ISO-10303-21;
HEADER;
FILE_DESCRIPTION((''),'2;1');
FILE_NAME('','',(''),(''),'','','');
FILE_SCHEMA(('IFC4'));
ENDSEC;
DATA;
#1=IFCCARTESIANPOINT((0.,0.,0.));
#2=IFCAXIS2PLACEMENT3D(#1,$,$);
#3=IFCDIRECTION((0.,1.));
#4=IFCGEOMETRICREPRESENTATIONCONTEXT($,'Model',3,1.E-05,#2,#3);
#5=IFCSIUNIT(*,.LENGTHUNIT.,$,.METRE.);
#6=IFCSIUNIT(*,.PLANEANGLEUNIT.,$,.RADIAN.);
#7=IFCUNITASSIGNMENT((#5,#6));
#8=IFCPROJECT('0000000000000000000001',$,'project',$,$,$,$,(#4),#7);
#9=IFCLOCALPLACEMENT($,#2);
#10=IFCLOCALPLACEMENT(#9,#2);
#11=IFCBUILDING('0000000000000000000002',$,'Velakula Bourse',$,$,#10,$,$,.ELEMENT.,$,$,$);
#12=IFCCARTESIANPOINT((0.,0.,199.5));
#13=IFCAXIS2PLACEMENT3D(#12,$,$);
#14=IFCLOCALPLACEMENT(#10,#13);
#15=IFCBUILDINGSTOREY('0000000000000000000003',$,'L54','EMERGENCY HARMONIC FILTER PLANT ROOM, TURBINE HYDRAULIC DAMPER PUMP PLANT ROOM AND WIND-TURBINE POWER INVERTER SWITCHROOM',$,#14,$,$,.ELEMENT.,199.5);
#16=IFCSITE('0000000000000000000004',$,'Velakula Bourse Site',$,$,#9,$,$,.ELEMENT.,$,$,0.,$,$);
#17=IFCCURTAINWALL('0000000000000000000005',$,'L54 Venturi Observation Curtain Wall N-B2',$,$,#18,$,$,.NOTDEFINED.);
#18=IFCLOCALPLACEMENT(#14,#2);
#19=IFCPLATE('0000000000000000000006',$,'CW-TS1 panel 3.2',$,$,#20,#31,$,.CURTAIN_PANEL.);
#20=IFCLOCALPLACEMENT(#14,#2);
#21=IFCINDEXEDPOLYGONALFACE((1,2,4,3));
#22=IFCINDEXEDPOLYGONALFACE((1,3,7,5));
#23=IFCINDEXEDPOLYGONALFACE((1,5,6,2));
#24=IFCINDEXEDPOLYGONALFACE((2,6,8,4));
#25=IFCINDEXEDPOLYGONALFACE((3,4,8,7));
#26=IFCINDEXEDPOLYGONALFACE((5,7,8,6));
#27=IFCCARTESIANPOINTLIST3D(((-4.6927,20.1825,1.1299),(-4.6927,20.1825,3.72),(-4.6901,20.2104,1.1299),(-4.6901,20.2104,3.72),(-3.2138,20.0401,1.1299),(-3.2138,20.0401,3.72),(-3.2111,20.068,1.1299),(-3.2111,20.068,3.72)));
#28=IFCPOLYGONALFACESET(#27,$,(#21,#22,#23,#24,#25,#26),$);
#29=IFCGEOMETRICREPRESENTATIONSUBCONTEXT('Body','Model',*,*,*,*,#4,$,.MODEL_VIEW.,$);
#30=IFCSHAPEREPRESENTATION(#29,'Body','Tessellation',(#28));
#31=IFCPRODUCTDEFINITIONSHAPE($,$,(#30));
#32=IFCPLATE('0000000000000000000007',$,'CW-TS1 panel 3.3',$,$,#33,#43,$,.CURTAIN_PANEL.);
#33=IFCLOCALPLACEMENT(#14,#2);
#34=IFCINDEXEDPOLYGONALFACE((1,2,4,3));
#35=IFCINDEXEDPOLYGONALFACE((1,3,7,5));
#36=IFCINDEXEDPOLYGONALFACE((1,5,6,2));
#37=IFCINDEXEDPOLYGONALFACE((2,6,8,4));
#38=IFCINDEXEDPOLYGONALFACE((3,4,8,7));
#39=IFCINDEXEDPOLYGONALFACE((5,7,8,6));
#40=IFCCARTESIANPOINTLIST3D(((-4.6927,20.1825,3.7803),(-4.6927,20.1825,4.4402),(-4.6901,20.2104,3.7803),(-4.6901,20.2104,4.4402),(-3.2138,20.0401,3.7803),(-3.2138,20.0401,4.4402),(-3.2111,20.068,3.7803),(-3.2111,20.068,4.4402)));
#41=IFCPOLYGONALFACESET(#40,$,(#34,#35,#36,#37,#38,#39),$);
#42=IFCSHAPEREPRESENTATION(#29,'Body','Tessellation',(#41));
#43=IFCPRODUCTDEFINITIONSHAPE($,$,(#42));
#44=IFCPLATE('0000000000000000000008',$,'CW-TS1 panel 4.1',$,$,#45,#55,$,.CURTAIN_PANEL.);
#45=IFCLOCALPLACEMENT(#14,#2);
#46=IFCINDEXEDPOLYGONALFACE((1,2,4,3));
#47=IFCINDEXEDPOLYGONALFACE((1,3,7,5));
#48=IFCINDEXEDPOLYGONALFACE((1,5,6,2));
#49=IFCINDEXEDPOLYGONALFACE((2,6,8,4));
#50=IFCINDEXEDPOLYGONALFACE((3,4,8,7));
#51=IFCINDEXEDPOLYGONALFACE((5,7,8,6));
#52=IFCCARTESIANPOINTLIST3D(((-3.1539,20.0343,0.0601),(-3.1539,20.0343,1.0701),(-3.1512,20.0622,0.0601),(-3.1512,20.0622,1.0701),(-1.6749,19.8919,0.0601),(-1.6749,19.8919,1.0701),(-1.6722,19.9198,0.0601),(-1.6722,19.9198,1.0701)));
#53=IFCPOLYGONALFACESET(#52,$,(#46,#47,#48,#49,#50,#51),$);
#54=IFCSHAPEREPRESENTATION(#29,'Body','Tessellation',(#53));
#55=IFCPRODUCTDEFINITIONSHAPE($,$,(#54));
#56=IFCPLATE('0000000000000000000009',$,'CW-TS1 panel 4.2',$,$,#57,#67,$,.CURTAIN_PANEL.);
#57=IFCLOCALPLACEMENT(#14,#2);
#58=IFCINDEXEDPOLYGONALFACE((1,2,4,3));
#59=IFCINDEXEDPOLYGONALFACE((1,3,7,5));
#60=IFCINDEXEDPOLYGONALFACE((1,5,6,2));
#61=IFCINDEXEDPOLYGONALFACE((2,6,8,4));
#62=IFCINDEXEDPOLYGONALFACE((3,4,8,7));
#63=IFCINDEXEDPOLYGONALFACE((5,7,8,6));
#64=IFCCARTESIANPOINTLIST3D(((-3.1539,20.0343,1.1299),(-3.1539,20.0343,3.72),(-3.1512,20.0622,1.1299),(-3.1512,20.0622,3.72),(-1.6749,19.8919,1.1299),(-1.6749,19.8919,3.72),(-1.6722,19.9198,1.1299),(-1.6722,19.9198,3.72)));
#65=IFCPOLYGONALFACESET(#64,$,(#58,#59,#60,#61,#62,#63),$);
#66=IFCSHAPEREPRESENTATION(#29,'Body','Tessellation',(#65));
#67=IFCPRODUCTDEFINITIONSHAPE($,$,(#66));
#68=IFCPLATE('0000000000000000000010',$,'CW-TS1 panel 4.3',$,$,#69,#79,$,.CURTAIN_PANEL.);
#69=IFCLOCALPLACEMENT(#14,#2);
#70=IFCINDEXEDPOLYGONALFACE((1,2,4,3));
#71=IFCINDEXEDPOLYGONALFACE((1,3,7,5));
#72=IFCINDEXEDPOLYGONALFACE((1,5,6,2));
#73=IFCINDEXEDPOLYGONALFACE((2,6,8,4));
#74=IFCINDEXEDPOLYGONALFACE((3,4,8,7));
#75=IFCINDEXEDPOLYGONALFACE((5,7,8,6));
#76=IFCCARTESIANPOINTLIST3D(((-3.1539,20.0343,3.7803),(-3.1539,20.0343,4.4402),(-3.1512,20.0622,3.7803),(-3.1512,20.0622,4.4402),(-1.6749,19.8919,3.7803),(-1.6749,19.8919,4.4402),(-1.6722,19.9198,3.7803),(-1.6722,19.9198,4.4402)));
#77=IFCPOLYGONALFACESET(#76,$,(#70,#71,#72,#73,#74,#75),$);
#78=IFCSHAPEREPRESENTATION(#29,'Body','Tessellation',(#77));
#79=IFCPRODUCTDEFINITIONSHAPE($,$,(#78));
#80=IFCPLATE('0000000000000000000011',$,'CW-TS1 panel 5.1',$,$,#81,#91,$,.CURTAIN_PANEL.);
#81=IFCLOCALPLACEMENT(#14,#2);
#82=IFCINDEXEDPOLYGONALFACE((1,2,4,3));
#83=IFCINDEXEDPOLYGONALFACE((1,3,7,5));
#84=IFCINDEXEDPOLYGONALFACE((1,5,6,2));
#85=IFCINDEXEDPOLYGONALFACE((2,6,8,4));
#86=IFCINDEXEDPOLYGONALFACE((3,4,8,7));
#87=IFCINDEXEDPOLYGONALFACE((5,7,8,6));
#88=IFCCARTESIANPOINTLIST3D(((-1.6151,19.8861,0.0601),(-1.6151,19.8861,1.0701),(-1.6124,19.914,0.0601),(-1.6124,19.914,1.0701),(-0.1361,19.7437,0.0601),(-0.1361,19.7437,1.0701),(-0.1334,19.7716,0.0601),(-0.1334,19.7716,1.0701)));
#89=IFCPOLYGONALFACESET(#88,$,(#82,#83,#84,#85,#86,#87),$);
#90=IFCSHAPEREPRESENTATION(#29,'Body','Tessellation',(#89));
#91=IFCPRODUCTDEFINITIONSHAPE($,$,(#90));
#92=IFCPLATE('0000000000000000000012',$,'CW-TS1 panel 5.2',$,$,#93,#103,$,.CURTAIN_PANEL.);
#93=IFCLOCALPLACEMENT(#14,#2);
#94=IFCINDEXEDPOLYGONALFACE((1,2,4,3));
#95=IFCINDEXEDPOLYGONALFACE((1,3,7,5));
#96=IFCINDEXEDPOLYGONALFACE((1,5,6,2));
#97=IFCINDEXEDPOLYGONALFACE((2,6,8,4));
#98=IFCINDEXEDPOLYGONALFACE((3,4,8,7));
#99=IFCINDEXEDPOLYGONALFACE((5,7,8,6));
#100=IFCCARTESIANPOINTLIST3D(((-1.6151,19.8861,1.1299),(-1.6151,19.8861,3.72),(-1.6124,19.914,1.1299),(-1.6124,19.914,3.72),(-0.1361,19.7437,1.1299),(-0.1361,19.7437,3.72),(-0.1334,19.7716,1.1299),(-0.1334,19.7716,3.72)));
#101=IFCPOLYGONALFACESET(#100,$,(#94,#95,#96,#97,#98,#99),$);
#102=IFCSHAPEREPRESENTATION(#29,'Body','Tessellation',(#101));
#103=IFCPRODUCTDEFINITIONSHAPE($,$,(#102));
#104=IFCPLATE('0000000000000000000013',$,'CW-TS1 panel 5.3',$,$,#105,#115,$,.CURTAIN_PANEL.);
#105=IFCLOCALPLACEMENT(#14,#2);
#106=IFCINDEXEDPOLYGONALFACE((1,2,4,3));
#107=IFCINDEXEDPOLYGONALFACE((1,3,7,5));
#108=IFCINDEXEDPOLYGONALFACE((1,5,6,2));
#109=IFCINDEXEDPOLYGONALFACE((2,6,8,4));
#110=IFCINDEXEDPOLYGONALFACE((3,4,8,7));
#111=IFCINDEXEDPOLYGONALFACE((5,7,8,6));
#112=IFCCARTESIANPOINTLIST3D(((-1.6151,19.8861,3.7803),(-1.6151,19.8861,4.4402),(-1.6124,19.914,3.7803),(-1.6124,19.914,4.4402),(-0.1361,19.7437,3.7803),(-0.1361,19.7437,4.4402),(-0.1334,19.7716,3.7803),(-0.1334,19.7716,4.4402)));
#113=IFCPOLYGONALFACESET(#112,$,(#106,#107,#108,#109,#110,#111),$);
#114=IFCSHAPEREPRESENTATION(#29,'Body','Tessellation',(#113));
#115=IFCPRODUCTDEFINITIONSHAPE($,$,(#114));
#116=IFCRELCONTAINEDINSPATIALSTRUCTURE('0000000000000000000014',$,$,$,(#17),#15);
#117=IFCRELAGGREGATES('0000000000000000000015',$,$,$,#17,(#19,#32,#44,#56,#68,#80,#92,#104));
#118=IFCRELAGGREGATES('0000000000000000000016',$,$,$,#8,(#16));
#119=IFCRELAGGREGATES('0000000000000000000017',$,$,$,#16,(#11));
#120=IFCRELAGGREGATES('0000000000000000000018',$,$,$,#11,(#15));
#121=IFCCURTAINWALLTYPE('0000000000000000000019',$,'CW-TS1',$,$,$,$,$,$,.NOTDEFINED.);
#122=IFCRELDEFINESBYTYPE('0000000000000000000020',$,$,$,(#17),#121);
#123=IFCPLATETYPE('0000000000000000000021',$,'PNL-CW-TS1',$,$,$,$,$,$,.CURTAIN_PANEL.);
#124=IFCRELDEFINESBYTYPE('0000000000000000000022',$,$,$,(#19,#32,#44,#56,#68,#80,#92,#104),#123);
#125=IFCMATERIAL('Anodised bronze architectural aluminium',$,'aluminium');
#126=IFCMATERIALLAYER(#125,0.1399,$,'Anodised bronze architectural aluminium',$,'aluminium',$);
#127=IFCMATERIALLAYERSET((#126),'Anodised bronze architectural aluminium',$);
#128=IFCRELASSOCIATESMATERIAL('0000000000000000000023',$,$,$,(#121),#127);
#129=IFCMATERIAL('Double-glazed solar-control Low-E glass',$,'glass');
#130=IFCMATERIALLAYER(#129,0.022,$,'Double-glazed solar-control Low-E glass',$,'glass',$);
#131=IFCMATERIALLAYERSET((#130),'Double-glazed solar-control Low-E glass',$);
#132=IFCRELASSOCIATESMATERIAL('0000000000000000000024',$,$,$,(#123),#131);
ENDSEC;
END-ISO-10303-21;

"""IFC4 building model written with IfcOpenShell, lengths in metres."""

from ifc_helpers import new_model, si_unit, direction, frame, origin, origin_2d, place, context, subcontext, project, spatial, rectangle, extrude, material, layer, layer_set, type_object, element, aggregate, save


model = new_model("IFC4")

# Units and contexts
model_context = context("Model", 3, precision=1e-05, world=origin(), true_north=direction((0.0, 1.0)))
body_context = subcontext(model_context, "Body", "Model", "MODEL_VIEW")
ifc_project = project(units=[si_unit("LENGTHUNIT", "METRE"), si_unit("PLANEANGLEUNIT", "RADIAN")], contexts=[model_context])

# Site, building, storey
site_placement = place(None, origin())
site = spatial("IfcSite", under=ifc_project, at=site_placement, Name="Velakula Bourse Site", CompositionType="ELEMENT", RefElevation=0.0)
building_placement = place(site_placement, origin())
building = spatial("IfcBuilding", under=site, at=building_placement, Name="Velakula Bourse", CompositionType="ELEMENT")
storey_placement = place(building_placement, frame((0.0, 0.0, 199.5)))
storey = spatial("IfcBuildingStorey", under=building, at=storey_placement, Name="L54", Description="EMERGENCY HARMONIC FILTER PLANT ROOM, TURBINE HYDRAULIC DAMPER PUMP PLANT ROOM AND WIND-TURBINE POWER INVERTER SWITCHROOM", CompositionType="ELEMENT", Elevation=199.5)

# Curtain wall, plates
ifc_material_1 = material(Name="Anodised bronze architectural aluminium", Category="aluminium")
ifc_layer_1 = layer(ifc_material_1, 0.1399, Name="Anodised bronze architectural aluminium", Category="aluminium")
ifc_layer_set_1 = layer_set([ifc_layer_1], Name="Anodised bronze architectural aluminium")
curtain_wall_type = type_object("IfcCurtainWallType", Name="CW-TS1", PredefinedType="NOTDEFINED", material=ifc_layer_set_1)
curtain_wall_placement = place(storey_placement, origin())
curtain_wall = element("IfcCurtainWall", 1, at=curtain_wall_placement, inside=storey, type_object=curtain_wall_type, Name="L54 Venturi Observation Curtain Wall N-B2", PredefinedType="NOTDEFINED")
ifc_material_2 = material(Name="Double-glazed solar-control Low-E glass", Category="glass")
ifc_layer_2 = layer(ifc_material_2, 0.022, Name="Double-glazed solar-control Low-E glass", Category="glass")
ifc_layer_set_2 = layer_set([ifc_layer_2], Name="Double-glazed solar-control Low-E glass")
plate_type = type_object("IfcPlateType", Name="PNL-CW-TS1", PredefinedType="CURTAIN_PANEL", material=ifc_layer_set_2)
plate_1_placement = place(storey_placement, frame((-3.9519, 20.1252, 1.1299), z_axis=(0.0, 0.0, 1.0), x_axis=(0.995396, -0.095849, 0.0)))
plate_1 = element("IfcPlate", 2, at=plate_1_placement, type_object=plate_type, Name="CW-TS1 panel 3.2", PredefinedType="CURTAIN_PANEL", context=body_context, shape_type="SweptSolid", body=[
    extrude(rectangle(XDim=1.4858, YDim=0.0281, at=origin_2d()), origin(), (0.0, 0.0, 1.0), 2.5901),
])
plate_2_placement = place(storey_placement, frame((-3.9519, 20.1252, 3.7803), z_axis=(0.0, 0.0, 1.0), x_axis=(0.995396, -0.095849, 0.0)))
plate_2 = element("IfcPlate", 3, at=plate_2_placement, type_object=plate_type, Name="CW-TS1 panel 3.3", PredefinedType="CURTAIN_PANEL", context=body_context, shape_type="SweptSolid", body=[
    extrude(rectangle(XDim=1.4858, YDim=0.0281, at=origin_2d()), origin(), (0.0, 0.0, 1.0), 0.6599),
])
plate_3_placement = place(storey_placement, frame((-2.4131, 19.9771, 0.0601), z_axis=(0.0, 0.0, 1.0), x_axis=(0.995396, -0.095849, 0.0)))
plate_3 = element("IfcPlate", 4, at=plate_3_placement, type_object=plate_type, Name="CW-TS1 panel 4.1", PredefinedType="CURTAIN_PANEL", context=body_context, shape_type="SweptSolid", body=[
    extrude(rectangle(XDim=1.4858, YDim=0.0281, at=origin_2d()), origin(), (0.0, 0.0, 1.0), 1.01),
])
plate_4_placement = place(storey_placement, frame((-2.4131, 19.9771, 1.1299), z_axis=(0.0, 0.0, 1.0), x_axis=(0.995396, -0.095849, 0.0)))
plate_4 = element("IfcPlate", 5, at=plate_4_placement, type_object=plate_type, Name="CW-TS1 panel 4.2", PredefinedType="CURTAIN_PANEL", context=body_context, shape_type="SweptSolid", body=[
    extrude(rectangle(XDim=1.4858, YDim=0.0281, at=origin_2d()), origin(), (0.0, 0.0, 1.0), 2.5901),
])
plate_5_placement = place(storey_placement, frame((-2.4131, 19.9771, 3.7803), z_axis=(0.0, 0.0, 1.0), x_axis=(0.995396, -0.095849, 0.0)))
plate_5 = element("IfcPlate", 6, at=plate_5_placement, type_object=plate_type, Name="CW-TS1 panel 4.3", PredefinedType="CURTAIN_PANEL", context=body_context, shape_type="SweptSolid", body=[
    extrude(rectangle(XDim=1.4858, YDim=0.0281, at=origin_2d()), origin(), (0.0, 0.0, 1.0), 0.6599),
])
plate_6_placement = place(storey_placement, frame((-0.8743, 19.8289, 0.0601), z_axis=(0.0, 0.0, 1.0), x_axis=(0.995396, -0.095849, 0.0)))
plate_6 = element("IfcPlate", 7, at=plate_6_placement, type_object=plate_type, Name="CW-TS1 panel 5.1", PredefinedType="CURTAIN_PANEL", context=body_context, shape_type="SweptSolid", body=[
    extrude(rectangle(XDim=1.4858, YDim=0.0281, at=origin_2d()), origin(), (0.0, 0.0, 1.0), 1.01),
])
plate_7_placement = place(storey_placement, frame((-0.8743, 19.8289, 1.1299), z_axis=(0.0, 0.0, 1.0), x_axis=(0.995396, -0.095849, 0.0)))
plate_7 = element("IfcPlate", 8, at=plate_7_placement, type_object=plate_type, Name="CW-TS1 panel 5.2", PredefinedType="CURTAIN_PANEL", context=body_context, shape_type="SweptSolid", body=[
    extrude(rectangle(XDim=1.4858, YDim=0.0281, at=origin_2d()), origin(), (0.0, 0.0, 1.0), 2.5901),
])
plate_8_placement = place(storey_placement, frame((-0.8743, 19.8289, 3.7803), z_axis=(0.0, 0.0, 1.0), x_axis=(0.995396, -0.095849, 0.0)))
plate_8 = element("IfcPlate", 9, at=plate_8_placement, type_object=plate_type, Name="CW-TS1 panel 5.3", PredefinedType="CURTAIN_PANEL", context=body_context, shape_type="SweptSolid", body=[
    extrude(rectangle(XDim=1.4858, YDim=0.0281, at=origin_2d()), origin(), (0.0, 0.0, 1.0), 0.6599),
])
aggregate(curtain_wall, [plate_1, plate_2, plate_3, plate_4, plate_5, plate_6, plate_7, plate_8])

save(model, "model.ifc")
